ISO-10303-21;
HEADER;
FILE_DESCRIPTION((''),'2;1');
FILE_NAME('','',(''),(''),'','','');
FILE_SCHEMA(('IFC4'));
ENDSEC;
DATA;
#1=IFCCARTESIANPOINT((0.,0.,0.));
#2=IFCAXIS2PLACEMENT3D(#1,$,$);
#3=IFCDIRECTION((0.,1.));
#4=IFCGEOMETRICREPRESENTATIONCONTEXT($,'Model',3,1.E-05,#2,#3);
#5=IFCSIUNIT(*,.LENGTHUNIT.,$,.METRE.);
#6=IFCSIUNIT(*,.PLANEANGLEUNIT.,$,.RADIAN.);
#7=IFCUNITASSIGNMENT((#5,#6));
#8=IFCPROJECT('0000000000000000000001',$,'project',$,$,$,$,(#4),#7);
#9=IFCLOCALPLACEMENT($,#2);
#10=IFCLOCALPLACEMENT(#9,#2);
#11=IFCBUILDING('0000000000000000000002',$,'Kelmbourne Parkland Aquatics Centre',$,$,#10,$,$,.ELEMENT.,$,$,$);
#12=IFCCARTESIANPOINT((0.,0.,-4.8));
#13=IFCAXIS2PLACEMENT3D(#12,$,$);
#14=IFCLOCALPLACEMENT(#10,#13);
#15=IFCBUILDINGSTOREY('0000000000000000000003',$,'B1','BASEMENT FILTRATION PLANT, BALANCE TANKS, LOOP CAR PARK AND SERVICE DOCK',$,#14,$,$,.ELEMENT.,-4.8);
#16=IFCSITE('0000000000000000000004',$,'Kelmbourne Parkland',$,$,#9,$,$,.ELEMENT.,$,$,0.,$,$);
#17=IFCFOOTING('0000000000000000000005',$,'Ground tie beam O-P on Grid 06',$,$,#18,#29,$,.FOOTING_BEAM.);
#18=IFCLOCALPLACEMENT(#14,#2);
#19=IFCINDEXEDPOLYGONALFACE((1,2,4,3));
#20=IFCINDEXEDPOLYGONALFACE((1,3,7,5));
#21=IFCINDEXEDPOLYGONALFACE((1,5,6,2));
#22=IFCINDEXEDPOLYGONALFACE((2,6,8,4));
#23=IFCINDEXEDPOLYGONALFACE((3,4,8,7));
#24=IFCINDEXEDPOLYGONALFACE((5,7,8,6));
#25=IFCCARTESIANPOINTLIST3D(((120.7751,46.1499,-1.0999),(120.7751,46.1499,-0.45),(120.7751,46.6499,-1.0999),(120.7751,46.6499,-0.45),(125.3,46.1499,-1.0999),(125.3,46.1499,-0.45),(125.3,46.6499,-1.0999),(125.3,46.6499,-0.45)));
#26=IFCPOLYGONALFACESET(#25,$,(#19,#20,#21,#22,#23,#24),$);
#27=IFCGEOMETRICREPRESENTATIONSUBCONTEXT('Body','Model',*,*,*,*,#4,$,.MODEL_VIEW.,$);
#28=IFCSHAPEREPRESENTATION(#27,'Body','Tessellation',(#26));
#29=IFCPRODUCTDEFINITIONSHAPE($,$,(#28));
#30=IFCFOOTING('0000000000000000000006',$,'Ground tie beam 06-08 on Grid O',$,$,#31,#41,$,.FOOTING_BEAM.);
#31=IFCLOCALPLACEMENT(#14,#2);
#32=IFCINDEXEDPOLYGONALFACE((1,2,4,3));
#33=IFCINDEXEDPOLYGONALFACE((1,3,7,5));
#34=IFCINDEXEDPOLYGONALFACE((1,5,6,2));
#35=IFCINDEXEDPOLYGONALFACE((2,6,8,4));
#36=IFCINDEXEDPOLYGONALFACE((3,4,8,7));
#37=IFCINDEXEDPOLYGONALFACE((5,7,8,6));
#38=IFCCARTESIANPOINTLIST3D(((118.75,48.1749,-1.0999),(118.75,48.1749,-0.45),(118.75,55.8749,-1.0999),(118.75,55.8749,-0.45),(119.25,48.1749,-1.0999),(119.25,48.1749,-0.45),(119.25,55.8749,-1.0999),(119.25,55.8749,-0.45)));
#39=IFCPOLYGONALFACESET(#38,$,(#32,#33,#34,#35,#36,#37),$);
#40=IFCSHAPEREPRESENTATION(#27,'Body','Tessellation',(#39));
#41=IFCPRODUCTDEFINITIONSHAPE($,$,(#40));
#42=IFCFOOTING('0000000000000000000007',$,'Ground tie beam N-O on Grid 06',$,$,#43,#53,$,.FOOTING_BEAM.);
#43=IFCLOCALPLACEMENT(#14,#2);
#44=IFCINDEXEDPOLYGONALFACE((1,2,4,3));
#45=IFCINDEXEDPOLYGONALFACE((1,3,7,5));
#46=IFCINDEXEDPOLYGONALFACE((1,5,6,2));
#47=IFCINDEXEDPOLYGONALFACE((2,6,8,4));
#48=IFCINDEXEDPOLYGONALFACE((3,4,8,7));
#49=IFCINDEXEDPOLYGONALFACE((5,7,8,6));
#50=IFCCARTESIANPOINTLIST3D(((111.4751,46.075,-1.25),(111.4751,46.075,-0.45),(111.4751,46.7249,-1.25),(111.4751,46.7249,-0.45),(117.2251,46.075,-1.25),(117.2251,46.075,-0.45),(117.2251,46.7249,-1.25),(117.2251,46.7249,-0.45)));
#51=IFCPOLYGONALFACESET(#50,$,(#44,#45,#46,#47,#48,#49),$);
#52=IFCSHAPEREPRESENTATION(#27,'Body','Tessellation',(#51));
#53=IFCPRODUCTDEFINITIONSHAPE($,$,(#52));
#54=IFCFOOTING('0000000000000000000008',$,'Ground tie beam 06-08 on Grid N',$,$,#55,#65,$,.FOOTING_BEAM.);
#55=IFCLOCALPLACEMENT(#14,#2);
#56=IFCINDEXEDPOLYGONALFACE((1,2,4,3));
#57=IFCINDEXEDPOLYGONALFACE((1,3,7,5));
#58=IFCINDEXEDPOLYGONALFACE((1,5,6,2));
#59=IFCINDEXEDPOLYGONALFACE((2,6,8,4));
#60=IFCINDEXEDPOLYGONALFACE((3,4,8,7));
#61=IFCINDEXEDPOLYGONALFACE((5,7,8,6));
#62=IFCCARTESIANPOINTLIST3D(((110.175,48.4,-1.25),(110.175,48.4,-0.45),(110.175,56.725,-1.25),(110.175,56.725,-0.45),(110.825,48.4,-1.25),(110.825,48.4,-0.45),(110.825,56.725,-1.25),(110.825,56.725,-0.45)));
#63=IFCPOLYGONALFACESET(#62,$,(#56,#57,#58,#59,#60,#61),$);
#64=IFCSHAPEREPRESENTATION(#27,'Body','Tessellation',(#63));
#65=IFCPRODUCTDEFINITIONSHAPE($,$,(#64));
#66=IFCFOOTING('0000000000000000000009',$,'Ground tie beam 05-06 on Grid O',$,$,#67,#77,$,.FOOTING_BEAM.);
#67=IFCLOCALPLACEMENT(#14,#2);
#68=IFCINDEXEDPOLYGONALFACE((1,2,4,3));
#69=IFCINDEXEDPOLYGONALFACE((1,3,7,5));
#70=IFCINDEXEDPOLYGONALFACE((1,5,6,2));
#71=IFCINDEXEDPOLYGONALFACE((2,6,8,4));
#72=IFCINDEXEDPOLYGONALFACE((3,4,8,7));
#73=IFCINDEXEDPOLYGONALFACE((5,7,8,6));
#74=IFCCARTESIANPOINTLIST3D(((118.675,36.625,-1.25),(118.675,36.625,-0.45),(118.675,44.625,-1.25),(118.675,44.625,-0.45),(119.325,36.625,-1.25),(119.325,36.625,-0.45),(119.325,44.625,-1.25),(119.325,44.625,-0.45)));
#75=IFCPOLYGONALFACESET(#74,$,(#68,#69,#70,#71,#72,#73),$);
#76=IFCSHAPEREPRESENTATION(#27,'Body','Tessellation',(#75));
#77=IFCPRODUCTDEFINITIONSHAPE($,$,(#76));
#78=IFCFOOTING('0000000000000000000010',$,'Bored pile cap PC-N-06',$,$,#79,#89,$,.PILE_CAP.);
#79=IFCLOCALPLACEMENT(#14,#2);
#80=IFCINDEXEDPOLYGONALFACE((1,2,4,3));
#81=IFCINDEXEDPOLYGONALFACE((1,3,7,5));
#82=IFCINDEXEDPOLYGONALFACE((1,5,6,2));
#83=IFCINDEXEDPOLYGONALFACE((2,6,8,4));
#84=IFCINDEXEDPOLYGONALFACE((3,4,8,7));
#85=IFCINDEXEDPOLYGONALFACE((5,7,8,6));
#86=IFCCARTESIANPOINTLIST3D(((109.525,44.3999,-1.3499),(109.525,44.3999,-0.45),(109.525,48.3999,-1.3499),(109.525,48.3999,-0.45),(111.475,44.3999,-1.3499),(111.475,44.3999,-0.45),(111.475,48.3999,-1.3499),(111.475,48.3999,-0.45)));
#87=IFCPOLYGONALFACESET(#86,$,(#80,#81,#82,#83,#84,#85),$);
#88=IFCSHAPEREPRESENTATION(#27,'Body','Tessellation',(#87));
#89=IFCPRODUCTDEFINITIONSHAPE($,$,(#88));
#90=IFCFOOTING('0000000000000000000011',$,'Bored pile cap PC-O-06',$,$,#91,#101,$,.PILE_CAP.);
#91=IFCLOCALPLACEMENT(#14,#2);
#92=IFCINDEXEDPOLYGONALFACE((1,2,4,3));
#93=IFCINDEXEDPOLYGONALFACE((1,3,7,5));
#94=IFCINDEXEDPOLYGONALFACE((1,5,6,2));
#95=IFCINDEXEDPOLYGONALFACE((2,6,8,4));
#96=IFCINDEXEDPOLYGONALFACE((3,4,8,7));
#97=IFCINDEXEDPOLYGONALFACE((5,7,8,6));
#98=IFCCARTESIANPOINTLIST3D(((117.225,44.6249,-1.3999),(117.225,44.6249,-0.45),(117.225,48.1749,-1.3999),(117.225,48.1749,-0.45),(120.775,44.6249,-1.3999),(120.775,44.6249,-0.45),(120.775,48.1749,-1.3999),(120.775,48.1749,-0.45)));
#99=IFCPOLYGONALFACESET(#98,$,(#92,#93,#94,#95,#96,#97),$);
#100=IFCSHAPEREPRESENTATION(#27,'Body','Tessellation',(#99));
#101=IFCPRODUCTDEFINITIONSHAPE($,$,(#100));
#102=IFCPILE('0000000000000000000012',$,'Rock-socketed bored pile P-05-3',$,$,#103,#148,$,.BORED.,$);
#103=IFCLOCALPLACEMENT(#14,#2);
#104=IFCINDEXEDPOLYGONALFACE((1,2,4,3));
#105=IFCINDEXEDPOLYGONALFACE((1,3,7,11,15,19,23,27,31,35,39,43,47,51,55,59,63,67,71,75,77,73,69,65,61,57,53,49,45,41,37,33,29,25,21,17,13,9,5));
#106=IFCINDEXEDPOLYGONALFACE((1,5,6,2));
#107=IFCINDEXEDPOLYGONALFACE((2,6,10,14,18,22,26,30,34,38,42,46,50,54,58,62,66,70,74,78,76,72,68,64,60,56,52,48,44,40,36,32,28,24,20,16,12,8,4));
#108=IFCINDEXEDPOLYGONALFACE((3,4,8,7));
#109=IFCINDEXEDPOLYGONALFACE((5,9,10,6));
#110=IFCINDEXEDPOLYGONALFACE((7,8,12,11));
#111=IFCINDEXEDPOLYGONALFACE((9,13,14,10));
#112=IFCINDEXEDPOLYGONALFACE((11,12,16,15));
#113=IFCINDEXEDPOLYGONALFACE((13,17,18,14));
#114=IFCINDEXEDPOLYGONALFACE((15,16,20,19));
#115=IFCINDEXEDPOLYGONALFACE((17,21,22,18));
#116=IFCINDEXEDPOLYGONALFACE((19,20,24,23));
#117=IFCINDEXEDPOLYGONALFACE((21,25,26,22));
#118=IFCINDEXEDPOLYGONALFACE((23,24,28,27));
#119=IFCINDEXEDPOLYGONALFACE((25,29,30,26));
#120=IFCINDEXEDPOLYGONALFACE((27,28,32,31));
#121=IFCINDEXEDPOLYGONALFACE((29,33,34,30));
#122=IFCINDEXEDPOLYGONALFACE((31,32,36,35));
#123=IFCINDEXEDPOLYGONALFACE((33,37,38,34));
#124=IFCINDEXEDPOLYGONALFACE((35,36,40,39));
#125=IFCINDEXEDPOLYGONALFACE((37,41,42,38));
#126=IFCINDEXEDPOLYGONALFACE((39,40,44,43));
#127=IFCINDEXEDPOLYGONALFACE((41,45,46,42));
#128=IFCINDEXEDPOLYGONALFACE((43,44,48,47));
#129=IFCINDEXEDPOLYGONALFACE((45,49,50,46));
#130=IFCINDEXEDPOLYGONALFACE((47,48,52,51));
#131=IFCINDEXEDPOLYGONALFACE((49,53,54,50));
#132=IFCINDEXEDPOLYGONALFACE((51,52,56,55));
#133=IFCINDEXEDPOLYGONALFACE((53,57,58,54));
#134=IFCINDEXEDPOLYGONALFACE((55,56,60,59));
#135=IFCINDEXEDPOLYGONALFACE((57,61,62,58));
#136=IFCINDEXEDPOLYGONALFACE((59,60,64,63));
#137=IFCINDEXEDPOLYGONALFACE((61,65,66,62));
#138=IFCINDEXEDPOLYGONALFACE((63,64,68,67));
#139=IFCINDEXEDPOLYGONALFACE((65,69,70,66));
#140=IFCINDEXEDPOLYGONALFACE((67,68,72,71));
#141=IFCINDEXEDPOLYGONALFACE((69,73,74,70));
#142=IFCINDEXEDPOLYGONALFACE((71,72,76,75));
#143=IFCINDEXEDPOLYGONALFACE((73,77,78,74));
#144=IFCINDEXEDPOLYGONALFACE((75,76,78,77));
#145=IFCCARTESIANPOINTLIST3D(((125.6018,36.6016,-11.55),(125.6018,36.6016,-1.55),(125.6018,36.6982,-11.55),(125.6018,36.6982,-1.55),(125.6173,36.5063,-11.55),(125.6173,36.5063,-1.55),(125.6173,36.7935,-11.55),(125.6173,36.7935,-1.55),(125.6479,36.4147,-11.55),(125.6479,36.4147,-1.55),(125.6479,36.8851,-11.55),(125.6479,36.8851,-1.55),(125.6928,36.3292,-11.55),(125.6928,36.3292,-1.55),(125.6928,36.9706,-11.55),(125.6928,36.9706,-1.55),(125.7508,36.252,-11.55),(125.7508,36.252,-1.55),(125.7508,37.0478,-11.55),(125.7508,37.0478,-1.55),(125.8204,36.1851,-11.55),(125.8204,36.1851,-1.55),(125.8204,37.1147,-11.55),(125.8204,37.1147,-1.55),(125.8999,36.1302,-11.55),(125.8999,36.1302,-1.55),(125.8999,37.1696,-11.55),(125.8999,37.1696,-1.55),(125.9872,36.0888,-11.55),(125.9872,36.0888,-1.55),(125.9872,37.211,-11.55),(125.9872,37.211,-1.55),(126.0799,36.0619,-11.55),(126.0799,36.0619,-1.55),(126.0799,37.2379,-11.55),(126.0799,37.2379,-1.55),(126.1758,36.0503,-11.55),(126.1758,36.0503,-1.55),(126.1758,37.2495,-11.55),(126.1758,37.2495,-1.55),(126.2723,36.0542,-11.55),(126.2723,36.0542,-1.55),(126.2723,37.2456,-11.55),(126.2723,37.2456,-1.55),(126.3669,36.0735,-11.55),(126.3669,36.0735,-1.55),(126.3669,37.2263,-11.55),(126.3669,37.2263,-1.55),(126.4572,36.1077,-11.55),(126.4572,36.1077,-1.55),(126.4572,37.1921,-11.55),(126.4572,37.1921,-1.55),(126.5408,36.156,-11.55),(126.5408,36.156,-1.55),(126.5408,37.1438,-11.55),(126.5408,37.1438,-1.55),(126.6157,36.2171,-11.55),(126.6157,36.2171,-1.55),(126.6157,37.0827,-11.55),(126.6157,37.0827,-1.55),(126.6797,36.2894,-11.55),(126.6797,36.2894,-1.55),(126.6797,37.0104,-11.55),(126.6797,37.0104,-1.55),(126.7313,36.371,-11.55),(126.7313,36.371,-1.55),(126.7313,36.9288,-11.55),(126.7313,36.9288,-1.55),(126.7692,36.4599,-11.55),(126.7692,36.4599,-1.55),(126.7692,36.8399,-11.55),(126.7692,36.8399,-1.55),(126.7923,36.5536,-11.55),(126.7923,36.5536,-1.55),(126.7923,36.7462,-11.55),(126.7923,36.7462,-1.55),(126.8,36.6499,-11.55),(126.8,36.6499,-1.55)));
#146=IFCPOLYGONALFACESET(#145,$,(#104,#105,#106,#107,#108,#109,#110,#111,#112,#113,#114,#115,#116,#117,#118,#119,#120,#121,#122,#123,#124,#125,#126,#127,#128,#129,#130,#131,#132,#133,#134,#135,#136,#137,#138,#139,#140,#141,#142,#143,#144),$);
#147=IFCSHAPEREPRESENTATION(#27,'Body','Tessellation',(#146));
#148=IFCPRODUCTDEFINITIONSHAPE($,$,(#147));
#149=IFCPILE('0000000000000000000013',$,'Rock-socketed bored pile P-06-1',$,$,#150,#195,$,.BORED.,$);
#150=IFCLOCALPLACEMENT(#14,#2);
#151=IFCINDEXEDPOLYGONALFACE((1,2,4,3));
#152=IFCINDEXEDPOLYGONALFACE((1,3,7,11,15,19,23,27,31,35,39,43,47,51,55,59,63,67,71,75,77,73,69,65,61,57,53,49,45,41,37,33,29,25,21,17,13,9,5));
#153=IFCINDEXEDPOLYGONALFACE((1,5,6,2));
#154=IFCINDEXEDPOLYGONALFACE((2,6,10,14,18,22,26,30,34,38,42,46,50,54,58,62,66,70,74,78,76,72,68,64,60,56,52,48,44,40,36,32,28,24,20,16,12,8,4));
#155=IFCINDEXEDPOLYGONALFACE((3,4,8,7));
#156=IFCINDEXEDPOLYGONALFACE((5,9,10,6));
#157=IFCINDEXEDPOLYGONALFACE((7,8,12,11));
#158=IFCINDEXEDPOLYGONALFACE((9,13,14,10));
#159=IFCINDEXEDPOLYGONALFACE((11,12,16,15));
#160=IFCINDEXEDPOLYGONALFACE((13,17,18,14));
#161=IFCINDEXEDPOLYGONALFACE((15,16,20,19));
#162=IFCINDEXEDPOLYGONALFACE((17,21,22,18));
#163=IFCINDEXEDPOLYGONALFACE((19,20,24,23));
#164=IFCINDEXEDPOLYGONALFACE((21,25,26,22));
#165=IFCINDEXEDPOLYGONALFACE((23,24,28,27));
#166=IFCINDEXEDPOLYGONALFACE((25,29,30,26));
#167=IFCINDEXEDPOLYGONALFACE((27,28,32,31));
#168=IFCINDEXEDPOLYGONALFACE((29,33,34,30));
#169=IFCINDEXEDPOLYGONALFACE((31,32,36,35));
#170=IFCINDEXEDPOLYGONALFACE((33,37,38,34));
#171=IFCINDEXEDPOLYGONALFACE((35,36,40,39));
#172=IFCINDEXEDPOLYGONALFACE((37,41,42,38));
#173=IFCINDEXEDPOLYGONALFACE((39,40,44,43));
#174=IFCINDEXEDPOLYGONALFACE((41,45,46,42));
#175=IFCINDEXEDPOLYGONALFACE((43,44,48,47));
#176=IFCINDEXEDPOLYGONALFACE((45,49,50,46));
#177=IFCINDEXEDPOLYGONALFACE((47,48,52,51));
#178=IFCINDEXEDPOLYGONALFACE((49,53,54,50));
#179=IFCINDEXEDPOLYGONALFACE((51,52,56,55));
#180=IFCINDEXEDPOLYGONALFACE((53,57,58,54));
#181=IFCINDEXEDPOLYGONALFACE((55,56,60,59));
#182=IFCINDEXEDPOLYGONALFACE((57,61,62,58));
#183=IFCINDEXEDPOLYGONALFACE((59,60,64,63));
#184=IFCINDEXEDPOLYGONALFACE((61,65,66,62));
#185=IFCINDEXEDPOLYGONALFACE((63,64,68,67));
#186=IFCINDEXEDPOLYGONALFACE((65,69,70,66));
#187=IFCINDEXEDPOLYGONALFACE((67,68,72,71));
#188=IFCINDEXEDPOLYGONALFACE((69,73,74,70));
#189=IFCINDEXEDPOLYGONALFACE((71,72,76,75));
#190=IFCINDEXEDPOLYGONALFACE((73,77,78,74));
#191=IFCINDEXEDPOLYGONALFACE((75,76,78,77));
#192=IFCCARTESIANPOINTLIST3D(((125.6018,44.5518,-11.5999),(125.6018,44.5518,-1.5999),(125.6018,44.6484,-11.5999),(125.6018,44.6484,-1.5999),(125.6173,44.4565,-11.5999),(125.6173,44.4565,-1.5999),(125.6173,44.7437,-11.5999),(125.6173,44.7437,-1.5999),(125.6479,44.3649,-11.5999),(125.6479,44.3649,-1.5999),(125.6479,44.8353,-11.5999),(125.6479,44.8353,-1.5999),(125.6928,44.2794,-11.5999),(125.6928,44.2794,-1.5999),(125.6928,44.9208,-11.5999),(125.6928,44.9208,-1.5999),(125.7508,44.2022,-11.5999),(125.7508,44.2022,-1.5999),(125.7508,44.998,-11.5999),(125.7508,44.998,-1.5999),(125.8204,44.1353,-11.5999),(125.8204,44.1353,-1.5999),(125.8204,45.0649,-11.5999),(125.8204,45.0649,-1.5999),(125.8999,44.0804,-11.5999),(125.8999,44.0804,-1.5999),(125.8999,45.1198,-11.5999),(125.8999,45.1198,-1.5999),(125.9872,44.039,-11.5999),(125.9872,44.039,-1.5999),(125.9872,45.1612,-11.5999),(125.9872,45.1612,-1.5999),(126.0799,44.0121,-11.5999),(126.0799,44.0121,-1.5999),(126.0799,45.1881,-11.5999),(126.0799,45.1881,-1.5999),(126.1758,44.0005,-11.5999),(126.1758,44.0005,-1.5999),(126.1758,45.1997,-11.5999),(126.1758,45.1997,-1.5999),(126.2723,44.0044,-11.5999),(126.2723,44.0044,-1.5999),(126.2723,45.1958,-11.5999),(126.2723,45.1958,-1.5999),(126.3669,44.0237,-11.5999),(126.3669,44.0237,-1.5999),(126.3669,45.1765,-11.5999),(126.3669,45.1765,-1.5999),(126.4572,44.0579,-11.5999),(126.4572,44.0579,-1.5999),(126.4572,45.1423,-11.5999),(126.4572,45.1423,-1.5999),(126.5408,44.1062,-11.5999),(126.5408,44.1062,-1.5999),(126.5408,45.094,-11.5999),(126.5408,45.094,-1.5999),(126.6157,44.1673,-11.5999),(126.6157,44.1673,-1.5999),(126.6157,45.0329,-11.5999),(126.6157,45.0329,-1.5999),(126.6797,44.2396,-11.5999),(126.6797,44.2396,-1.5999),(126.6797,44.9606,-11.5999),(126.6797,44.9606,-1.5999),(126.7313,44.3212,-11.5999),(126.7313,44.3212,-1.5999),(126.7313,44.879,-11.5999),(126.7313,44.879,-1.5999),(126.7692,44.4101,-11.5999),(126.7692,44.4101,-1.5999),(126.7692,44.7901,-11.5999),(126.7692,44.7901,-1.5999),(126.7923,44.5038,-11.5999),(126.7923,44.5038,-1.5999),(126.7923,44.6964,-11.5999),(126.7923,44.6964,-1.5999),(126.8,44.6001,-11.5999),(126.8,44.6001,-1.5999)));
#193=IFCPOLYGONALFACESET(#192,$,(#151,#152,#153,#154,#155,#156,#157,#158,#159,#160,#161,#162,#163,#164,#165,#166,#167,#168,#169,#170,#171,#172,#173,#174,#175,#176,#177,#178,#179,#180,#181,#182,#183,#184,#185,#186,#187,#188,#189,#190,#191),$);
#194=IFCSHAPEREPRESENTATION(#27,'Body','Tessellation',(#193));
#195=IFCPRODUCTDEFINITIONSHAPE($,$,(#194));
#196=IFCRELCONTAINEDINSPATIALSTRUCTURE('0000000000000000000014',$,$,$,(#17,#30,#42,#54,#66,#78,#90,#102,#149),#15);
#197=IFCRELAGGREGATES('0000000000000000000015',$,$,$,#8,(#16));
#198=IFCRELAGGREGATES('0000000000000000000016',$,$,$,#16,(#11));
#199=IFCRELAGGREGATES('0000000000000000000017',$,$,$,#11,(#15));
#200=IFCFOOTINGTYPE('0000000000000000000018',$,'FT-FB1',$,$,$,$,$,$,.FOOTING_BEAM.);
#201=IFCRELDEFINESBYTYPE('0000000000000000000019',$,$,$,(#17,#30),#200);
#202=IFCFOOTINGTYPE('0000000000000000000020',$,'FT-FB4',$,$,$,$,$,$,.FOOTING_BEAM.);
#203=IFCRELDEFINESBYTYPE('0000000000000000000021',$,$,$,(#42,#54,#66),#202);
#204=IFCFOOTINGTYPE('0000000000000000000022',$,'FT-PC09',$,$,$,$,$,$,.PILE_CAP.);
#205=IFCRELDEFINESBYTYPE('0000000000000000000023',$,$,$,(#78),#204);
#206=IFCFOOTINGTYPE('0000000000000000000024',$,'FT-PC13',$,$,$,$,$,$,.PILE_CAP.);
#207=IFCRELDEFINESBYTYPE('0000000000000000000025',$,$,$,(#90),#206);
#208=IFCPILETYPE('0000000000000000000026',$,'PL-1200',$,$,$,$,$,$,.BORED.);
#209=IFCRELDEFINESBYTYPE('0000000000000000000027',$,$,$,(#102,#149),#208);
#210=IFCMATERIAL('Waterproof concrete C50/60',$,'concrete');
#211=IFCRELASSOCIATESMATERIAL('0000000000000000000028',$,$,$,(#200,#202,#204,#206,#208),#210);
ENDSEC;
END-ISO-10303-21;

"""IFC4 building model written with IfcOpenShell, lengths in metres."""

from ifc_helpers import new_model, si_unit, direction, frame, origin, origin_2d, place, context, subcontext, project, spatial, rectangle, circle, extrude, material, material_profile, profile_set, type_object, element, save


model = new_model("IFC4")

# Units and contexts
model_context = context("Model", 3, precision=1e-05, world=origin(), true_north=direction((0.0, 1.0)))
body_context = subcontext(model_context, "Body", "Model", "MODEL_VIEW")
ifc_project = project(units=[si_unit("LENGTHUNIT", "METRE"), si_unit("PLANEANGLEUNIT", "RADIAN")], contexts=[model_context])

# Site, building, storey
site_placement = place(None, origin())
site = spatial("IfcSite", under=ifc_project, at=site_placement, Name="Kelmbourne Parkland", CompositionType="ELEMENT", RefElevation=0.0)
building_placement = place(site_placement, origin())
building = spatial("IfcBuilding", under=site, at=building_placement, Name="Kelmbourne Parkland Aquatics Centre", CompositionType="ELEMENT")
storey_placement = place(building_placement, frame((0.0, 0.0, -4.8)))
storey = spatial("IfcBuildingStorey", under=building, at=storey_placement, Name="B1", Description="BASEMENT FILTRATION PLANT, BALANCE TANKS, LOOP CAR PARK AND SERVICE DOCK", CompositionType="ELEMENT", Elevation=-4.8)

# Footings
ifc_material_1 = material(Name="Waterproof concrete C50/60", Category="concrete")
footing_type_1 = type_object("IfcFootingType", Name="FT-FB1", PredefinedType="FOOTING_BEAM", material=ifc_material_1)
footing_1_placement = place(storey_placement, frame((123.0376, 46.3999, -1.0999), z_axis=(0.0, 0.0, 1.0), x_axis=(1.0, 0.0, 0.0)))
element("IfcFooting", 1, at=footing_1_placement, inside=storey, type_object=footing_type_1, Name="Ground tie beam O-P on Grid 06", PredefinedType="FOOTING_BEAM", context=body_context, shape_type="SweptSolid", body=[
    extrude(rectangle(XDim=4.5249, YDim=0.5, at=origin_2d()), origin(), (0.0, 0.0, 1.0), 0.6499),
])
footing_2_placement = place(storey_placement, frame((119.0, 52.0249, -1.0999), z_axis=(0.0, 0.0, 1.0), x_axis=(0.0, 1.0, 0.0)))
element("IfcFooting", 2, at=footing_2_placement, inside=storey, type_object=footing_type_1, Name="Ground tie beam 06-08 on Grid O", PredefinedType="FOOTING_BEAM", context=body_context, shape_type="SweptSolid", body=[
    extrude(rectangle(XDim=7.7, YDim=0.5, at=origin_2d()), origin(), (0.0, 0.0, 1.0), 0.6499),
])
footing_type_2 = type_object("IfcFootingType", Name="FT-FB4", PredefinedType="FOOTING_BEAM", material=ifc_material_1)
footing_3_placement = place(storey_placement, frame((114.3501, 46.3999, -1.25), z_axis=(0.0, 0.0, 1.0), x_axis=(1.0, 0.0, 0.0)))
element("IfcFooting", 3, at=footing_3_placement, inside=storey, type_object=footing_type_2, Name="Ground tie beam N-O on Grid 06", PredefinedType="FOOTING_BEAM", context=body_context, shape_type="SweptSolid", body=[
    extrude(rectangle(XDim=5.75, YDim=0.6499, at=origin_2d()), origin(), (0.0, 0.0, 1.0), 0.8),
])
footing_4_placement = place(storey_placement, frame((110.5, 52.5625, -1.25), z_axis=(0.0, 0.0, 1.0), x_axis=(0.0, 1.0, 0.0)))
element("IfcFooting", 4, at=footing_4_placement, inside=storey, type_object=footing_type_2, Name="Ground tie beam 06-08 on Grid N", PredefinedType="FOOTING_BEAM", context=body_context, shape_type="SweptSolid", body=[
    extrude(rectangle(XDim=8.325, YDim=0.6499, at=origin_2d()), origin(), (0.0, 0.0, 1.0), 0.8),
])
footing_5_placement = place(storey_placement, frame((119.0, 40.625, -1.25), z_axis=(0.0, 0.0, 1.0), x_axis=(0.0, 1.0, 0.0)))
element("IfcFooting", 5, at=footing_5_placement, inside=storey, type_object=footing_type_2, Name="Ground tie beam 05-06 on Grid O", PredefinedType="FOOTING_BEAM", context=body_context, shape_type="SweptSolid", body=[
    extrude(rectangle(XDim=8.0, YDim=0.6499, at=origin_2d()), origin(), (0.0, 0.0, 1.0), 0.8),
])
footing_type_3 = type_object("IfcFootingType", Name="FT-PC09", PredefinedType="PILE_CAP", material=ifc_material_1)
footing_6_placement = place(storey_placement, frame((110.5, 46.3999, -1.3499), z_axis=(0.0, 0.0, 1.0), x_axis=(1.0, 0.0, 0.0)))
element("IfcFooting", 6, at=footing_6_placement, inside=storey, type_object=footing_type_3, Name="Bored pile cap PC-N-06", PredefinedType="PILE_CAP", context=body_context, shape_type="SweptSolid", body=[
    extrude(rectangle(XDim=1.95, YDim=4.0, at=origin_2d()), origin(), (0.0, 0.0, 1.0), 0.8999),
])
footing_type_4 = type_object("IfcFootingType", Name="FT-PC13", PredefinedType="PILE_CAP", material=ifc_material_1)
footing_7_placement = place(storey_placement, frame((119.0, 46.3999, -1.3999), z_axis=(0.0, 0.0, 1.0), x_axis=(1.0, 0.0, 0.0)))
element("IfcFooting", 7, at=footing_7_placement, inside=storey, type_object=footing_type_4, Name="Bored pile cap PC-O-06", PredefinedType="PILE_CAP", context=body_context, shape_type="SweptSolid", body=[
    extrude(rectangle(XDim=3.55, YDim=3.55, at=origin_2d()), origin(), (0.0, 0.0, 1.0), 0.95),
])

# Piles
ifc_material_profile_1 = material_profile(ifc_material_1, circle(Radius=0.6001, at=origin_2d()), Name="PILE D1200")
ifc_profile_set_1 = profile_set([ifc_material_profile_1], Name="Waterproof concrete C50/60")
pile_type_1 = type_object("IfcPileType", Name="PL-1200", PredefinedType="BORED", material=ifc_profile_set_1)
for number, where, z_axis, x_axis, name in (
    (8, (126.2, 36.6499, -1.55), (0.0, 0.0, -1.0), (1.0, 0.0, 0.0), "Rock-socketed bored pile P-05-3"),
    (9, (126.2, 44.6001, -1.5999), (0.0, 0.0, -1.0), (1.0, 0.0, 0.0), "Rock-socketed bored pile P-06-1"),
):
    element("IfcPile", number, at=place(storey_placement, frame(where, z_axis=z_axis, x_axis=x_axis)), inside=storey, type_object=pile_type_1, Name=name, PredefinedType="BORED", context=body_context, shape_type="SweptSolid", body=[
        extrude(circle(Radius=0.6001, at=origin_2d()), origin(), (0.0, 0.0, 1.0), 10.0),
    ])

save(model, "model.ifc")
